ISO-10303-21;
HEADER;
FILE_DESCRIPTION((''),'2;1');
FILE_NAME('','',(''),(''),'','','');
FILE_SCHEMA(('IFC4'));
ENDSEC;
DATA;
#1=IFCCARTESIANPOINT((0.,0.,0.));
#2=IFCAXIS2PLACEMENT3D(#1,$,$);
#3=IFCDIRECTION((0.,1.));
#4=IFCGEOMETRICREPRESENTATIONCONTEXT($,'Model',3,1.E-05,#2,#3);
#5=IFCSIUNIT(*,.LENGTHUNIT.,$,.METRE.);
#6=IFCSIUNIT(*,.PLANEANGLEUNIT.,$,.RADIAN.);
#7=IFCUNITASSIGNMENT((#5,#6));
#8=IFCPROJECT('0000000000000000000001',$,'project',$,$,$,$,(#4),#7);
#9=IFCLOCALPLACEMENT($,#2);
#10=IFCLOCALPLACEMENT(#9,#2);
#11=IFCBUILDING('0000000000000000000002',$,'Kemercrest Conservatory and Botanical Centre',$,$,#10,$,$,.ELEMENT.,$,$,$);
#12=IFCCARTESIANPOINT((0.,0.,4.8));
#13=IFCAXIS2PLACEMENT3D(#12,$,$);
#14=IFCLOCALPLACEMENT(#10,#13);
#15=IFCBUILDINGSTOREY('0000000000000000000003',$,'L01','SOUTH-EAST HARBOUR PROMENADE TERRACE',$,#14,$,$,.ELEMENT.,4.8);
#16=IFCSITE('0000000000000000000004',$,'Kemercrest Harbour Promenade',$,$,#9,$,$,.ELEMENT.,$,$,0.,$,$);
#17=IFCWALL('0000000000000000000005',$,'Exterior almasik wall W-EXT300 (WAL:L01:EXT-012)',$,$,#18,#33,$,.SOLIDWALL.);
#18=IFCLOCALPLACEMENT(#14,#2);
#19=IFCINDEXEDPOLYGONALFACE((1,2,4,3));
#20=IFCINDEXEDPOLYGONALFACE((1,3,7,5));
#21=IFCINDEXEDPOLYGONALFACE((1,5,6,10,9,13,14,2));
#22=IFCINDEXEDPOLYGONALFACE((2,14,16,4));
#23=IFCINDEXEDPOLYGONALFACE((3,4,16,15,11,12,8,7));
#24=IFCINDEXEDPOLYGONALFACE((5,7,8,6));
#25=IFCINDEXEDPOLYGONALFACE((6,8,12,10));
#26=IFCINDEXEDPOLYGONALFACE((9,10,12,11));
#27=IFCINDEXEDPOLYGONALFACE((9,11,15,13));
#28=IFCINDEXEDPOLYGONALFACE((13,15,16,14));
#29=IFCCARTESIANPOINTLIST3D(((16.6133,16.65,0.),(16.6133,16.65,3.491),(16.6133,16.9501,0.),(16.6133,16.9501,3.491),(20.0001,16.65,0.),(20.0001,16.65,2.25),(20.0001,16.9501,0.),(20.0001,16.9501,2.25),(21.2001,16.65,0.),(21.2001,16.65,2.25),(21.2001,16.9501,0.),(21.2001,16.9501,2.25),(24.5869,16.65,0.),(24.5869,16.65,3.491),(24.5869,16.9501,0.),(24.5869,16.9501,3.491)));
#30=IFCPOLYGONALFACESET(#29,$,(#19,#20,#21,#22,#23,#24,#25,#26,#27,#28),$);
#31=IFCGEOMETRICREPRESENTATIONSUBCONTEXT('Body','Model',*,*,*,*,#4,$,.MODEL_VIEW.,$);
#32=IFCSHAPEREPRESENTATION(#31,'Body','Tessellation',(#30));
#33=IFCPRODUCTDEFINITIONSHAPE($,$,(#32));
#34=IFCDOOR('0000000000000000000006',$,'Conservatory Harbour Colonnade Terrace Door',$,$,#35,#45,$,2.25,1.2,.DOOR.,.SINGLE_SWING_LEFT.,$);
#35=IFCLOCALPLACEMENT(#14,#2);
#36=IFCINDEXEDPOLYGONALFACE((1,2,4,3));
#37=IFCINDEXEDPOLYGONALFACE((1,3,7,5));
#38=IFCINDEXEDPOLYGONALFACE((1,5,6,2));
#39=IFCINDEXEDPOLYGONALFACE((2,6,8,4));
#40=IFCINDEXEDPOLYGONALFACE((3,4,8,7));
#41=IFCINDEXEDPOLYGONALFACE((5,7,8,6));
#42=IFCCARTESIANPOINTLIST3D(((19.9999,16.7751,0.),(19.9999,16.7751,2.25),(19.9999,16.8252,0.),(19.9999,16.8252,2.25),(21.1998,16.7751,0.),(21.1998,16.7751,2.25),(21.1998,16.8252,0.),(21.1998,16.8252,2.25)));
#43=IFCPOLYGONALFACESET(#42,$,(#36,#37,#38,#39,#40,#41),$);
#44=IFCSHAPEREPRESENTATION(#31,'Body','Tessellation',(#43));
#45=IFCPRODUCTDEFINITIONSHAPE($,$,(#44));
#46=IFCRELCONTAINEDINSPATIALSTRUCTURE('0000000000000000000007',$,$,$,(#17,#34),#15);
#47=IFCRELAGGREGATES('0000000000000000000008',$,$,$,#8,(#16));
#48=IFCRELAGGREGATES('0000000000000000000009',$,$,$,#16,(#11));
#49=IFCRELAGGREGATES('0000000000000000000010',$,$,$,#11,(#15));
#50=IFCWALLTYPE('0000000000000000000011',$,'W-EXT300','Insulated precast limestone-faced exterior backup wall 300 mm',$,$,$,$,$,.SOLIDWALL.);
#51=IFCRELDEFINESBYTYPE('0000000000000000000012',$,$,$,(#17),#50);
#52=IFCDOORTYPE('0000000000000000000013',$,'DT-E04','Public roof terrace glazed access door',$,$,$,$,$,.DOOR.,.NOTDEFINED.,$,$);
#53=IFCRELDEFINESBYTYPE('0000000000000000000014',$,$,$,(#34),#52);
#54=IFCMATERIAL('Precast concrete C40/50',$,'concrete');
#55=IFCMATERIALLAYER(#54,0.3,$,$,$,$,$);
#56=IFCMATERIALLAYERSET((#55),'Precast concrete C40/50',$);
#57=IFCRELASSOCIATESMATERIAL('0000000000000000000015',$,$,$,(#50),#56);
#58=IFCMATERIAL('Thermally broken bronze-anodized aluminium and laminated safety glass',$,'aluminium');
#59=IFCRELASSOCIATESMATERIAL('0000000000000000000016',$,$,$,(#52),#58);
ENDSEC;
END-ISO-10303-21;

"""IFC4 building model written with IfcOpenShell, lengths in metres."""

from ifc_helpers import new_model, si_unit, direction, frame, frame_2d, origin, place, context, subcontext, project, spatial, rectangle, extrude, material, layer, layer_set, type_object, element, fill, save


model = new_model("IFC4")

# Units and contexts
model_context = context("Model", 3, precision=1e-05, world=origin(), true_north=direction((0.0, 1.0)))
body_context = subcontext(model_context, "Body", "Model", "MODEL_VIEW")
ifc_project = project(units=[si_unit("LENGTHUNIT", "METRE"), si_unit("PLANEANGLEUNIT", "RADIAN")], contexts=[model_context])

# Site, building, storey
site_placement = place(None, origin())
site = spatial("IfcSite", under=ifc_project, at=site_placement, Name="Kemercrest Harbour Promenade", CompositionType="ELEMENT", RefElevation=0.0)
building_placement = place(site_placement, origin())
building = spatial("IfcBuilding", under=site, at=building_placement, Name="Kemercrest Conservatory and Botanical Centre", CompositionType="ELEMENT")
storey_placement = place(building_placement, frame((0.0, 0.0, 4.8)))
storey = spatial("IfcBuildingStorey", under=building, at=storey_placement, Name="L01", Description="SOUTH-EAST HARBOUR PROMENADE TERRACE", CompositionType="ELEMENT", Elevation=4.8)

# Shared definitions
ifc_material_1 = material(Name="Precast concrete C40/50", Category="concrete")

# Wall, opening, door
ifc_layer_1 = layer(ifc_material_1, 0.3)
ifc_layer_set_1 = layer_set([ifc_layer_1], Name="Precast concrete C40/50")
wall_type = type_object("IfcWallType", Name="W-EXT300", Description="Insulated precast limestone-faced exterior backup wall 300 mm", PredefinedType="SOLIDWALL", material=ifc_layer_set_1)
wall_placement = place(storey_placement, frame((16.6133, 16.8, 0.0), z_axis=(0.0, 0.0, 1.0), x_axis=(1.0, 0.0, 0.0)))
wall = element("IfcWall", 1, at=wall_placement, inside=storey, type_object=wall_type, Name="Exterior almasik wall W-EXT300 (WAL:L01:EXT-012)", PredefinedType="SOLIDWALL", context=body_context, shape_type="SweptSolid", body=[
    extrude(rectangle(XDim=7.9736, YDim=0.3, at=frame_2d((3.9868, 0.0))), origin(), (0.0, 0.0, 1.0), 3.491),
])
opening_placement = place(wall_placement, frame((3.3867, 0.0, 0.0)))
opening = element("IfcOpeningElement", 2, at=opening_placement, cuts=wall, PredefinedType="OPENING", context=body_context, shape_type="SweptSolid", body=[
    extrude(rectangle(XDim=1.2, YDim=2.25, at=frame_2d((0.6001, 1.125))), frame((0.0, 0.1602, 0.0), z_axis=(0.0, -1.0, 0.0), x_axis=(1.0, 0.0, 0.0)), (0.0, 0.0, 1.0), 0.3201),
])
ifc_material_2 = material(Name="Thermally broken bronze-anodized aluminium and laminated safety glass", Category="aluminium")
door_type = type_object("IfcDoorType", Name="DT-E04", Description="Public roof terrace glazed access door", OperationType="NOTDEFINED", PredefinedType="DOOR", material=ifc_material_2)
door_placement = place(opening_placement, frame((1.2, 0.0, 0.0), z_axis=(0.0, 0.0, 1.0), x_axis=(-1.0, 0.0, 0.0)))
door = element("IfcDoor", 3, at=door_placement, inside=storey, type_object=door_type, Name="Conservatory Harbour Colonnade Terrace Door", OperationType="SINGLE_SWING_LEFT", OverallHeight=2.25, OverallWidth=1.2, PredefinedType="DOOR", context=body_context, shape_type="SweptSolid", body=[
    extrude(rectangle(XDim=1.2, YDim=2.25, at=frame_2d((0.6001, 1.125))), frame((0.0, 0.0249, 0.0), z_axis=(0.0, -1.0, 0.0), x_axis=(1.0, 0.0, 0.0)), (0.0, 0.0, 1.0), 0.05),
])
fill(opening, door)

save(model, "model.ifc")
